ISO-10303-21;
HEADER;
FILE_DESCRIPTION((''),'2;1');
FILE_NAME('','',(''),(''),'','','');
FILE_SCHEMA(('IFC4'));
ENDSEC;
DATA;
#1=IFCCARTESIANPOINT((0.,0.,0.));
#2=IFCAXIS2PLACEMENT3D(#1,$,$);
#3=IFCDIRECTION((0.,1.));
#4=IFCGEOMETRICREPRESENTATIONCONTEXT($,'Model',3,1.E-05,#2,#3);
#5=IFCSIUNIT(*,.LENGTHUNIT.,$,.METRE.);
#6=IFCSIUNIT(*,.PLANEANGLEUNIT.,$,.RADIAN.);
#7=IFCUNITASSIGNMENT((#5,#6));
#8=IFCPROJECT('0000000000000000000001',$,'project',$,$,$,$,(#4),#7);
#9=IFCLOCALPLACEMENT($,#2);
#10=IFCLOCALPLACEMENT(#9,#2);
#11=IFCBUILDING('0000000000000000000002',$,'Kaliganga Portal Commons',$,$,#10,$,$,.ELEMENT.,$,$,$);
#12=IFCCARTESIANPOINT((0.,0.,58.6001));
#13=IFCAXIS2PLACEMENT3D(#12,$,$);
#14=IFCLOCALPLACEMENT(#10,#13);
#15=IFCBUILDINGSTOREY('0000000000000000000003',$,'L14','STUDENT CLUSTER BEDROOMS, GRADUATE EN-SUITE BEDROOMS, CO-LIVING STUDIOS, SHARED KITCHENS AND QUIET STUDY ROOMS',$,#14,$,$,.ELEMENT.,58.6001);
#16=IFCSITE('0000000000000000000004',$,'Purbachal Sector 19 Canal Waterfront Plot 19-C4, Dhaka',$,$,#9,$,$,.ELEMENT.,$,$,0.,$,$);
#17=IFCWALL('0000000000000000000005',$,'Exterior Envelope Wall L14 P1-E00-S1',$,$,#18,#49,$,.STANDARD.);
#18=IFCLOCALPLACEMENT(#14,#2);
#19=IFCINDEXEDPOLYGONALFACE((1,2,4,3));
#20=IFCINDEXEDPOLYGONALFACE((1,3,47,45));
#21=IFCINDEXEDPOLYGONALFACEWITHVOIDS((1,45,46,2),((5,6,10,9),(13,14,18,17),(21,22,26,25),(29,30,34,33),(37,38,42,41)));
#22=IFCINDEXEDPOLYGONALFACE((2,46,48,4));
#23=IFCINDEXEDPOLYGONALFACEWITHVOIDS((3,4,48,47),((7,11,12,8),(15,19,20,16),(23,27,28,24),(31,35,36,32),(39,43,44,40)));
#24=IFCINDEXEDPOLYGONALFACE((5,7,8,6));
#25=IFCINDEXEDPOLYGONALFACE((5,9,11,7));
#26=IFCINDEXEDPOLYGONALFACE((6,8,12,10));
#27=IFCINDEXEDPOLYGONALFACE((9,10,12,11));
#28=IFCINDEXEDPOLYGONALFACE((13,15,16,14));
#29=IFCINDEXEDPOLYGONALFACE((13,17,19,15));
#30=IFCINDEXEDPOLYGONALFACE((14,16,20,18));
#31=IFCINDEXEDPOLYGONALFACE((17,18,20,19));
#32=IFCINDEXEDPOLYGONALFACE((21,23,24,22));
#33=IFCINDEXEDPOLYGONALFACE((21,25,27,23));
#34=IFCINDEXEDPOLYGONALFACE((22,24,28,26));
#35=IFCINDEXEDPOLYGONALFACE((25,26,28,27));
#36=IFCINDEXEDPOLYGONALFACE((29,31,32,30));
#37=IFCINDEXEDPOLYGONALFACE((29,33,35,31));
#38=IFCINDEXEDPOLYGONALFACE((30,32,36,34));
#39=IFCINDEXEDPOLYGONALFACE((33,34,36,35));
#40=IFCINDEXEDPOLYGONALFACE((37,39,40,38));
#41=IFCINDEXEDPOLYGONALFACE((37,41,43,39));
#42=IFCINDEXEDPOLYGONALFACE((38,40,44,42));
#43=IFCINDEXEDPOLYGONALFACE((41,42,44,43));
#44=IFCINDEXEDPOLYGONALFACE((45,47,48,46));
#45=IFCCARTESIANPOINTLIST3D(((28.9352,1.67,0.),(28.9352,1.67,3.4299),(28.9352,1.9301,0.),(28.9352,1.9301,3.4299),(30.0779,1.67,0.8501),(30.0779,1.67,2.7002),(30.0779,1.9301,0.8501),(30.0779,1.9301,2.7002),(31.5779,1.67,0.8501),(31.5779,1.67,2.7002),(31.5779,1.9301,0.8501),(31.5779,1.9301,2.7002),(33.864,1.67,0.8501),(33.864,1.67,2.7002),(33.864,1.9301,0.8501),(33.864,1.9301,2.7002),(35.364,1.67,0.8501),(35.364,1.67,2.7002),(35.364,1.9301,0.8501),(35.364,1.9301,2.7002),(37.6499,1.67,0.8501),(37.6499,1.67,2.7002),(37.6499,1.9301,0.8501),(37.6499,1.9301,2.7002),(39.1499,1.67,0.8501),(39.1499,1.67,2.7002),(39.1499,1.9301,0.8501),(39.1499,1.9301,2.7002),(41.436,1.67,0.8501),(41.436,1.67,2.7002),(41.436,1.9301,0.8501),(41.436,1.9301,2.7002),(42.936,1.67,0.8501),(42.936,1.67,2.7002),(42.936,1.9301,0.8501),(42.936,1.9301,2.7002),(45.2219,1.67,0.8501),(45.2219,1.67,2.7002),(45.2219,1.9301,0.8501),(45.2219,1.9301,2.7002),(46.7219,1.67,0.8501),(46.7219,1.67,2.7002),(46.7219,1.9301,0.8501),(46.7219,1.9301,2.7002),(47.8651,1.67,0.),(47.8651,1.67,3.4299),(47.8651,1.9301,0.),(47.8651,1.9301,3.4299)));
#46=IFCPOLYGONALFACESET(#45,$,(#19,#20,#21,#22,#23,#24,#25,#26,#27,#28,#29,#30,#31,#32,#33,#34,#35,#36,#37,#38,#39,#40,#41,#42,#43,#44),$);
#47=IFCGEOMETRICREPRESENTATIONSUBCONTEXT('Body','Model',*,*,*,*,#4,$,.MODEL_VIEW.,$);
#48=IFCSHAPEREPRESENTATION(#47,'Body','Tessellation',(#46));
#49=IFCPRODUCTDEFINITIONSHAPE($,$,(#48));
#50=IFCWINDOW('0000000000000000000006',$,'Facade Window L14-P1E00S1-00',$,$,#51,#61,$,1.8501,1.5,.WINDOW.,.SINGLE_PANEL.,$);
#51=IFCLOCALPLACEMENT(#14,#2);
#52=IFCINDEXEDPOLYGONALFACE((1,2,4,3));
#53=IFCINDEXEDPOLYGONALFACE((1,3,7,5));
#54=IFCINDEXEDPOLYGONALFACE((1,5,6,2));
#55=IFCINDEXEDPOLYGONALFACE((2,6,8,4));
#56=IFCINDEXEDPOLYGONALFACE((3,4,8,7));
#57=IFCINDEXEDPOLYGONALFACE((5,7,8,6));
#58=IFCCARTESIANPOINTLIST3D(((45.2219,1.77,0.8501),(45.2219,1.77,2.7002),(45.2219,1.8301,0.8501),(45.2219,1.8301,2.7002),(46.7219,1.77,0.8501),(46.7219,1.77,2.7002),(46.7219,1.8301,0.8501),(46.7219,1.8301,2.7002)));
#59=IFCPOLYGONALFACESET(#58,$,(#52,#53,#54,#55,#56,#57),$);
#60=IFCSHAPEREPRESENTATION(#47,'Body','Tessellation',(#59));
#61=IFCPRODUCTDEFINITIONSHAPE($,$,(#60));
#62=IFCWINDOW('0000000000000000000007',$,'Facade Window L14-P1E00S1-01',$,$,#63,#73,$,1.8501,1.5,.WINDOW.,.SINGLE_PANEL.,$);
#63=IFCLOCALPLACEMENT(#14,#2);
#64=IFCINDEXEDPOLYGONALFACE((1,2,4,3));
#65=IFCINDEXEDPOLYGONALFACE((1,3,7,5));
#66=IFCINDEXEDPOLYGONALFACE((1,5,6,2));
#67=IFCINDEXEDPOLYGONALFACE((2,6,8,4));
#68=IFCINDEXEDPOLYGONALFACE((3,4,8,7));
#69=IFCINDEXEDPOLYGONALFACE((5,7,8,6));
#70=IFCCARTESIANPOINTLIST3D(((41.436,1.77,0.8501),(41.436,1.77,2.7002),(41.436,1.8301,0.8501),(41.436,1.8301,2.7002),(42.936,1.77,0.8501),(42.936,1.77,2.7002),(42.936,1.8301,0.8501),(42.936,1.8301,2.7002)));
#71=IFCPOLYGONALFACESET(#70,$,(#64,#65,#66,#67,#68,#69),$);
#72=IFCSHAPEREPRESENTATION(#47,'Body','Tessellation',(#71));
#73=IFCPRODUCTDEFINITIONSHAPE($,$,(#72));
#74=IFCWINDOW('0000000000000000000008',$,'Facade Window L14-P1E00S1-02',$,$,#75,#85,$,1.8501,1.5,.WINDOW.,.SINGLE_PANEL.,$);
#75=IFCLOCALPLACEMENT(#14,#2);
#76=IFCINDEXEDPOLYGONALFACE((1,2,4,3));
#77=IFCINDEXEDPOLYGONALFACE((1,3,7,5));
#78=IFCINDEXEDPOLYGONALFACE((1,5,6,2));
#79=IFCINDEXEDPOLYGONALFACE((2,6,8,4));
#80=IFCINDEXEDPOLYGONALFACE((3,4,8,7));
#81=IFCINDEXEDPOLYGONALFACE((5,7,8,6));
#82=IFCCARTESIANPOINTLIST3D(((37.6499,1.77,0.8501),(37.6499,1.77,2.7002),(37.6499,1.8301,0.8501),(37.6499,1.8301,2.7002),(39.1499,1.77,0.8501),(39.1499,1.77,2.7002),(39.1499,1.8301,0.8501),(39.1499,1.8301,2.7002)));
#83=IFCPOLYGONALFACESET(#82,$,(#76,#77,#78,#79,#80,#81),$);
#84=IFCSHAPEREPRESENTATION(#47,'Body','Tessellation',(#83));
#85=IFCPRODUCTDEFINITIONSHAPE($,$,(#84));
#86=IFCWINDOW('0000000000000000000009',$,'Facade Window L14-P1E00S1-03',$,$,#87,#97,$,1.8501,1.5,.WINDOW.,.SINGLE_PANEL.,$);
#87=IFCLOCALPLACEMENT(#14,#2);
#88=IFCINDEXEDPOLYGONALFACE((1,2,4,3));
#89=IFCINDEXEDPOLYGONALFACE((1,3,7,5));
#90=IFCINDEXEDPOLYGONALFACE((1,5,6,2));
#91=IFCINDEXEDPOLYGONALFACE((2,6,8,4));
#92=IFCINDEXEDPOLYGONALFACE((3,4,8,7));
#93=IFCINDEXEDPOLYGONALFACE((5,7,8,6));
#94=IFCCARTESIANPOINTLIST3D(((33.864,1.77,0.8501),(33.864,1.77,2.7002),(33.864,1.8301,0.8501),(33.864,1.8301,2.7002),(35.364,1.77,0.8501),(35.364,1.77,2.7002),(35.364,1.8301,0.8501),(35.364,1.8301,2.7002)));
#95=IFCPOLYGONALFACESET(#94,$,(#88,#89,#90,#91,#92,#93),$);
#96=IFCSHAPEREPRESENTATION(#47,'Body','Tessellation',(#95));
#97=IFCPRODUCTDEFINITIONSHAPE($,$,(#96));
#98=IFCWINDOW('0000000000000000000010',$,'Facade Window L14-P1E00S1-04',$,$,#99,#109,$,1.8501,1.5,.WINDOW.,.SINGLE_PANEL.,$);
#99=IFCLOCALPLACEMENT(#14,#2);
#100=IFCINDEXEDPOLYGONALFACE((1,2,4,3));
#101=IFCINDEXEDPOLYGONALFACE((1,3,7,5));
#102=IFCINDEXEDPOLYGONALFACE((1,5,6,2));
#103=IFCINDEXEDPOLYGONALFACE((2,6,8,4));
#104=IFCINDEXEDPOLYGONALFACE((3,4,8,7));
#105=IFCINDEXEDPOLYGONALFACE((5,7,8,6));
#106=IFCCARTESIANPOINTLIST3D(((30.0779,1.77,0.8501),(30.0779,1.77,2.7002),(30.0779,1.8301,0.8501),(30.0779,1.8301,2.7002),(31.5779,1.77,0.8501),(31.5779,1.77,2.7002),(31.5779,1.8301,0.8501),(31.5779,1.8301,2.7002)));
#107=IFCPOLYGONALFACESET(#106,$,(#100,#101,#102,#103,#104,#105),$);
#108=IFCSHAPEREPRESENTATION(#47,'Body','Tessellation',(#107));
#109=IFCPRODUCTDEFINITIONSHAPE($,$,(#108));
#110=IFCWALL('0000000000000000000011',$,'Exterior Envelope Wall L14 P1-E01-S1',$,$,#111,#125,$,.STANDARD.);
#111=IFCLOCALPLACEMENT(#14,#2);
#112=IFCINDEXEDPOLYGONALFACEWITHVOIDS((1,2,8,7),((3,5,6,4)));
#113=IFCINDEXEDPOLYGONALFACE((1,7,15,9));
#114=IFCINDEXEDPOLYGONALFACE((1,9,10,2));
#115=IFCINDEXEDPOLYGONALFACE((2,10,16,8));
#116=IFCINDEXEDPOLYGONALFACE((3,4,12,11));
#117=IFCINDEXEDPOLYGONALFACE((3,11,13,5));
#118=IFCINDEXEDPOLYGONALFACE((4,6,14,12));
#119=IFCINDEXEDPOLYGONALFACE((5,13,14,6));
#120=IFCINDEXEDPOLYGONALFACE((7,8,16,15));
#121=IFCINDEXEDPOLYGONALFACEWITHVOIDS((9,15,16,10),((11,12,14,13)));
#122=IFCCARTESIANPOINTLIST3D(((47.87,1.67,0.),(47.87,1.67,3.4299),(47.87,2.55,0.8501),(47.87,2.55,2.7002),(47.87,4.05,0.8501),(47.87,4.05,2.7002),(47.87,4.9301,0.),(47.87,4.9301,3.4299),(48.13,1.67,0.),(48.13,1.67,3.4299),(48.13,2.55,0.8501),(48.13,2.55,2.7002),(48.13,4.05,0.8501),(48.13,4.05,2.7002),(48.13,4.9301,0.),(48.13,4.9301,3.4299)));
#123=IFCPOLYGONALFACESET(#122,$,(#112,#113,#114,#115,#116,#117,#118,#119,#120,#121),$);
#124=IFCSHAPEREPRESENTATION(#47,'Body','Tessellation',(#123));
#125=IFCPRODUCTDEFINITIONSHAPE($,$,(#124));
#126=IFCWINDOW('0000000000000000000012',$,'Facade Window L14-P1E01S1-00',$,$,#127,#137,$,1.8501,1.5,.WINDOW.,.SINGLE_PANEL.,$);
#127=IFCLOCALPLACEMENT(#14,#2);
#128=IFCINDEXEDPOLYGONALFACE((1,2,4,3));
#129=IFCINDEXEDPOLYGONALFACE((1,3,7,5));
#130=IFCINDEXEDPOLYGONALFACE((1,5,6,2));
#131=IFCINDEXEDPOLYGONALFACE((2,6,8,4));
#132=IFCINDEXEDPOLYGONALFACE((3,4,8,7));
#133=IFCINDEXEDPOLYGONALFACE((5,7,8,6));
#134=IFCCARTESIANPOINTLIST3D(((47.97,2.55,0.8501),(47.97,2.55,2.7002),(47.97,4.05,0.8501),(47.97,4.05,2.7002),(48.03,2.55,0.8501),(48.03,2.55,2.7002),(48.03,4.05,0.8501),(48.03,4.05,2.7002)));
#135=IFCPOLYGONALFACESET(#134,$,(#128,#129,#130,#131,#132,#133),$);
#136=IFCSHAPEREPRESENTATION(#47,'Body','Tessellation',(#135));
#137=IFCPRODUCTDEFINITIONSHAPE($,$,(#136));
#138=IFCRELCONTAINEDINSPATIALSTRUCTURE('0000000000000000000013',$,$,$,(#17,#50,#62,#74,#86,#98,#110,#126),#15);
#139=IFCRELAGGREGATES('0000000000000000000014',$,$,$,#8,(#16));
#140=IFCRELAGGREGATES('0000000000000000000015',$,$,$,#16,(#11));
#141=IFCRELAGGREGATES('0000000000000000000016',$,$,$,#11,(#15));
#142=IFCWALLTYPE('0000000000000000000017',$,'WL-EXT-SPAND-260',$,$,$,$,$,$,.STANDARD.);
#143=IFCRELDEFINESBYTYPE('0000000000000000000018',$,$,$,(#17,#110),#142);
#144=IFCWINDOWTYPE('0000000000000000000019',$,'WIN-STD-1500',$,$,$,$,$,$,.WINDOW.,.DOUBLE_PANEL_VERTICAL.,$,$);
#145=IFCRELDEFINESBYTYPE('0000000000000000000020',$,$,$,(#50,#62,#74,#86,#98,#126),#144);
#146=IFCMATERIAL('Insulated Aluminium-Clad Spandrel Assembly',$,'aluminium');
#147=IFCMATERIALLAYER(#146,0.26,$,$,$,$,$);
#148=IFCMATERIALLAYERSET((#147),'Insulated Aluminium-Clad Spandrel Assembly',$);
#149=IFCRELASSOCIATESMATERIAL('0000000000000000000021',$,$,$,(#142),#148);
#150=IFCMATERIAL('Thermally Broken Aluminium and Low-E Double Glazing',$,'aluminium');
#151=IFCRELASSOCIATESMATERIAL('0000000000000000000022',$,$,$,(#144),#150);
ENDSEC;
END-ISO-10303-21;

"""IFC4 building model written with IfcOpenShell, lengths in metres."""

from ifc_helpers import new_model, si_unit, direction, frame, frame_2d, origin, place, context, subcontext, project, spatial, rectangle, extrude, material, layer, layer_set, type_object, element, fill, save


model = new_model("IFC4")

# Units and contexts
model_context = context("Model", 3, precision=1e-05, world=origin(), true_north=direction((0.0, 1.0)))
body_context = subcontext(model_context, "Body", "Model", "MODEL_VIEW")
ifc_project = project(units=[si_unit("LENGTHUNIT", "METRE"), si_unit("PLANEANGLEUNIT", "RADIAN")], contexts=[model_context])

# Site, building, storey
site_placement = place(None, origin())
site = spatial("IfcSite", under=ifc_project, at=site_placement, Name="Purbachal Sector 19 Canal Waterfront Plot 19-C4, Dhaka", CompositionType="ELEMENT", RefElevation=0.0)
building_placement = place(site_placement, origin())
building = spatial("IfcBuilding", under=site, at=building_placement, Name="Kaliganga Portal Commons", CompositionType="ELEMENT")
storey_placement = place(building_placement, frame((0.0, 0.0, 58.6001)))
storey = spatial("IfcBuildingStorey", under=building, at=storey_placement, Name="L14", Description="STUDENT CLUSTER BEDROOMS, GRADUATE EN-SUITE BEDROOMS, CO-LIVING STUDIOS, SHARED KITCHENS AND QUIET STUDY ROOMS", CompositionType="ELEMENT", Elevation=58.6001)

# Wall, openings, windows
ifc_material_1 = material(Name="Insulated Aluminium-Clad Spandrel Assembly", Category="aluminium")
ifc_layer_1 = layer(ifc_material_1, 0.26)
ifc_layer_set_1 = layer_set([ifc_layer_1], Name="Insulated Aluminium-Clad Spandrel Assembly")
wall_type_1 = type_object("IfcWallType", Name="WL-EXT-SPAND-260", PredefinedType="STANDARD", material=ifc_layer_set_1)
wall_1_placement = place(storey_placement, frame((47.865, 1.8, 0.0), z_axis=(0.0, 0.0, 1.0), x_axis=(-1.0, 0.0, 0.0)))
wall_1 = element("IfcWall", 1, at=wall_1_placement, inside=storey, type_object=wall_type_1, Name="Exterior Envelope Wall L14 P1-E00-S1", PredefinedType="STANDARD", context=body_context, shape_type="SweptSolid", body=[
    extrude(rectangle(XDim=18.9299, YDim=0.26, at=frame_2d((9.4648, 0.0))), origin(), (0.0, 0.0, 1.0), 3.4299),
])
opening_1_placement = place(wall_1_placement, frame((1.1431, 0.0, 0.8501)))
opening_1 = element("IfcOpeningElement", 2, at=opening_1_placement, cuts=wall_1, PredefinedType="OPENING", context=body_context, shape_type="SweptSolid", body=[
    extrude(rectangle(XDim=1.5, YDim=1.8501, at=frame_2d((0.75, 0.925))), frame((0.0, 0.1401, 0.0), z_axis=(0.0, -1.0, 0.0), x_axis=(1.0, 0.0, 0.0)), (0.0, 0.0, 1.0), 0.28),
])
opening_2_placement = place(wall_1_placement, frame((4.929, 0.0, 0.8501)))
opening_2 = element("IfcOpeningElement", 3, at=opening_2_placement, cuts=wall_1, PredefinedType="OPENING", context=body_context, shape_type="SweptSolid", body=[
    extrude(rectangle(XDim=1.5, YDim=1.8501, at=frame_2d((0.75, 0.925))), frame((0.0, 0.1401, 0.0), z_axis=(0.0, -1.0, 0.0), x_axis=(1.0, 0.0, 0.0)), (0.0, 0.0, 1.0), 0.28),
])
opening_3_placement = place(wall_1_placement, frame((8.7151, 0.0, 0.8501)))
opening_3 = element("IfcOpeningElement", 4, at=opening_3_placement, cuts=wall_1, PredefinedType="OPENING", context=body_context, shape_type="SweptSolid", body=[
    extrude(rectangle(XDim=1.5, YDim=1.8501, at=frame_2d((0.75, 0.925))), frame((0.0, 0.1401, 0.0), z_axis=(0.0, -1.0, 0.0), x_axis=(1.0, 0.0, 0.0)), (0.0, 0.0, 1.0), 0.28),
])
opening_4_placement = place(wall_1_placement, frame((12.501, 0.0, 0.8501)))
opening_4 = element("IfcOpeningElement", 5, at=opening_4_placement, cuts=wall_1, PredefinedType="OPENING", context=body_context, shape_type="SweptSolid", body=[
    extrude(rectangle(XDim=1.5, YDim=1.8501, at=frame_2d((0.75, 0.925))), frame((0.0, 0.1401, 0.0), z_axis=(0.0, -1.0, 0.0), x_axis=(1.0, 0.0, 0.0)), (0.0, 0.0, 1.0), 0.28),
])
opening_5_placement = place(wall_1_placement, frame((16.2871, 0.0, 0.8501)))
opening_5 = element("IfcOpeningElement", 6, at=opening_5_placement, cuts=wall_1, PredefinedType="OPENING", context=body_context, shape_type="SweptSolid", body=[
    extrude(rectangle(XDim=1.5, YDim=1.8501, at=frame_2d((0.75, 0.925))), frame((0.0, 0.1401, 0.0), z_axis=(0.0, -1.0, 0.0), x_axis=(1.0, 0.0, 0.0)), (0.0, 0.0, 1.0), 0.28),
])
ifc_material_2 = material(Name="Thermally Broken Aluminium and Low-E Double Glazing", Category="aluminium")
window_type = type_object("IfcWindowType", Name="WIN-STD-1500", PartitioningType="DOUBLE_PANEL_VERTICAL", PredefinedType="WINDOW", material=ifc_material_2)
window_1_placement = place(opening_1_placement, origin())
window_1 = element("IfcWindow", 7, at=window_1_placement, inside=storey, type_object=window_type, Name="Facade Window L14-P1E00S1-00", OverallHeight=1.8501, OverallWidth=1.5, PartitioningType="SINGLE_PANEL", PredefinedType="WINDOW", context=body_context, shape_type="SweptSolid", body=[
    extrude(rectangle(XDim=1.5, YDim=1.8501, at=frame_2d((0.75, 0.925))), frame((0.0, 0.03, 0.0), z_axis=(0.0, -1.0, 0.0), x_axis=(1.0, 0.0, 0.0)), (0.0, 0.0, 1.0), 0.0601),
])
fill(opening_1, window_1)
window_2_placement = place(opening_2_placement, origin())
window_2 = element("IfcWindow", 8, at=window_2_placement, inside=storey, type_object=window_type, Name="Facade Window L14-P1E00S1-01", OverallHeight=1.8501, OverallWidth=1.5, PartitioningType="SINGLE_PANEL", PredefinedType="WINDOW", context=body_context, shape_type="SweptSolid", body=[
    extrude(rectangle(XDim=1.5, YDim=1.8501, at=frame_2d((0.75, 0.925))), frame((0.0, 0.03, 0.0), z_axis=(0.0, -1.0, 0.0), x_axis=(1.0, 0.0, 0.0)), (0.0, 0.0, 1.0), 0.0601),
])
fill(opening_2, window_2)
window_3_placement = place(opening_3_placement, origin())
window_3 = element("IfcWindow", 9, at=window_3_placement, inside=storey, type_object=window_type, Name="Facade Window L14-P1E00S1-02", OverallHeight=1.8501, OverallWidth=1.5, PartitioningType="SINGLE_PANEL", PredefinedType="WINDOW", context=body_context, shape_type="SweptSolid", body=[
    extrude(rectangle(XDim=1.5, YDim=1.8501, at=frame_2d((0.75, 0.925))), frame((0.0, 0.03, 0.0), z_axis=(0.0, -1.0, 0.0), x_axis=(1.0, 0.0, 0.0)), (0.0, 0.0, 1.0), 0.0601),
])
fill(opening_3, window_3)
window_4_placement = place(opening_4_placement, origin())
window_4 = element("IfcWindow", 10, at=window_4_placement, inside=storey, type_object=window_type, Name="Facade Window L14-P1E00S1-03", OverallHeight=1.8501, OverallWidth=1.5, PartitioningType="SINGLE_PANEL", PredefinedType="WINDOW", context=body_context, shape_type="SweptSolid", body=[
    extrude(rectangle(XDim=1.5, YDim=1.8501, at=frame_2d((0.75, 0.925))), frame((0.0, 0.03, 0.0), z_axis=(0.0, -1.0, 0.0), x_axis=(1.0, 0.0, 0.0)), (0.0, 0.0, 1.0), 0.0601),
])
fill(opening_4, window_4)
window_5_placement = place(opening_5_placement, origin())
window_5 = element("IfcWindow", 11, at=window_5_placement, inside=storey, type_object=window_type, Name="Facade Window L14-P1E00S1-04", OverallHeight=1.8501, OverallWidth=1.5, PartitioningType="SINGLE_PANEL", PredefinedType="WINDOW", context=body_context, shape_type="SweptSolid", body=[
    extrude(rectangle(XDim=1.5, YDim=1.8501, at=frame_2d((0.75, 0.925))), frame((0.0, 0.03, 0.0), z_axis=(0.0, -1.0, 0.0), x_axis=(1.0, 0.0, 0.0)), (0.0, 0.0, 1.0), 0.0601),
])
fill(opening_5, window_5)

# Wall, opening, window
wall_2_placement = place(storey_placement, frame((48.0, 4.9299, 0.0), z_axis=(0.0, 0.0, 1.0), x_axis=(0.0, -1.0, 0.0)))
wall_2 = element("IfcWall", 12, at=wall_2_placement, inside=storey, type_object=wall_type_1, Name="Exterior Envelope Wall L14 P1-E01-S1", PredefinedType="STANDARD", context=body_context, shape_type="SweptSolid", body=[
    extrude(rectangle(XDim=3.26, YDim=0.26, at=frame_2d((1.6299, 0.0))), origin(), (0.0, 0.0, 1.0), 3.4299),
])
opening_6_placement = place(wall_2_placement, frame((0.8799, 0.0, 0.8501)))
opening_6 = element("IfcOpeningElement", 13, at=opening_6_placement, cuts=wall_2, PredefinedType="OPENING", context=body_context, shape_type="SweptSolid", body=[
    extrude(rectangle(XDim=1.5, YDim=1.8501, at=frame_2d((0.75, 0.925))), frame((0.0, 0.1401, 0.0), z_axis=(0.0, -1.0, 0.0), x_axis=(1.0, 0.0, 0.0)), (0.0, 0.0, 1.0), 0.28),
])
window_6_placement = place(opening_6_placement, origin())
window_6 = element("IfcWindow", 14, at=window_6_placement, inside=storey, type_object=window_type, Name="Facade Window L14-P1E01S1-00", OverallHeight=1.8501, OverallWidth=1.5, PartitioningType="SINGLE_PANEL", PredefinedType="WINDOW", context=body_context, shape_type="SweptSolid", body=[
    extrude(rectangle(XDim=1.5, YDim=1.8501, at=frame_2d((0.75, 0.925))), frame((0.0, 0.03, 0.0), z_axis=(0.0, -1.0, 0.0), x_axis=(1.0, 0.0, 0.0)), (0.0, 0.0, 1.0), 0.0601),
])
fill(opening_6, window_6)

save(model, "model.ifc")
